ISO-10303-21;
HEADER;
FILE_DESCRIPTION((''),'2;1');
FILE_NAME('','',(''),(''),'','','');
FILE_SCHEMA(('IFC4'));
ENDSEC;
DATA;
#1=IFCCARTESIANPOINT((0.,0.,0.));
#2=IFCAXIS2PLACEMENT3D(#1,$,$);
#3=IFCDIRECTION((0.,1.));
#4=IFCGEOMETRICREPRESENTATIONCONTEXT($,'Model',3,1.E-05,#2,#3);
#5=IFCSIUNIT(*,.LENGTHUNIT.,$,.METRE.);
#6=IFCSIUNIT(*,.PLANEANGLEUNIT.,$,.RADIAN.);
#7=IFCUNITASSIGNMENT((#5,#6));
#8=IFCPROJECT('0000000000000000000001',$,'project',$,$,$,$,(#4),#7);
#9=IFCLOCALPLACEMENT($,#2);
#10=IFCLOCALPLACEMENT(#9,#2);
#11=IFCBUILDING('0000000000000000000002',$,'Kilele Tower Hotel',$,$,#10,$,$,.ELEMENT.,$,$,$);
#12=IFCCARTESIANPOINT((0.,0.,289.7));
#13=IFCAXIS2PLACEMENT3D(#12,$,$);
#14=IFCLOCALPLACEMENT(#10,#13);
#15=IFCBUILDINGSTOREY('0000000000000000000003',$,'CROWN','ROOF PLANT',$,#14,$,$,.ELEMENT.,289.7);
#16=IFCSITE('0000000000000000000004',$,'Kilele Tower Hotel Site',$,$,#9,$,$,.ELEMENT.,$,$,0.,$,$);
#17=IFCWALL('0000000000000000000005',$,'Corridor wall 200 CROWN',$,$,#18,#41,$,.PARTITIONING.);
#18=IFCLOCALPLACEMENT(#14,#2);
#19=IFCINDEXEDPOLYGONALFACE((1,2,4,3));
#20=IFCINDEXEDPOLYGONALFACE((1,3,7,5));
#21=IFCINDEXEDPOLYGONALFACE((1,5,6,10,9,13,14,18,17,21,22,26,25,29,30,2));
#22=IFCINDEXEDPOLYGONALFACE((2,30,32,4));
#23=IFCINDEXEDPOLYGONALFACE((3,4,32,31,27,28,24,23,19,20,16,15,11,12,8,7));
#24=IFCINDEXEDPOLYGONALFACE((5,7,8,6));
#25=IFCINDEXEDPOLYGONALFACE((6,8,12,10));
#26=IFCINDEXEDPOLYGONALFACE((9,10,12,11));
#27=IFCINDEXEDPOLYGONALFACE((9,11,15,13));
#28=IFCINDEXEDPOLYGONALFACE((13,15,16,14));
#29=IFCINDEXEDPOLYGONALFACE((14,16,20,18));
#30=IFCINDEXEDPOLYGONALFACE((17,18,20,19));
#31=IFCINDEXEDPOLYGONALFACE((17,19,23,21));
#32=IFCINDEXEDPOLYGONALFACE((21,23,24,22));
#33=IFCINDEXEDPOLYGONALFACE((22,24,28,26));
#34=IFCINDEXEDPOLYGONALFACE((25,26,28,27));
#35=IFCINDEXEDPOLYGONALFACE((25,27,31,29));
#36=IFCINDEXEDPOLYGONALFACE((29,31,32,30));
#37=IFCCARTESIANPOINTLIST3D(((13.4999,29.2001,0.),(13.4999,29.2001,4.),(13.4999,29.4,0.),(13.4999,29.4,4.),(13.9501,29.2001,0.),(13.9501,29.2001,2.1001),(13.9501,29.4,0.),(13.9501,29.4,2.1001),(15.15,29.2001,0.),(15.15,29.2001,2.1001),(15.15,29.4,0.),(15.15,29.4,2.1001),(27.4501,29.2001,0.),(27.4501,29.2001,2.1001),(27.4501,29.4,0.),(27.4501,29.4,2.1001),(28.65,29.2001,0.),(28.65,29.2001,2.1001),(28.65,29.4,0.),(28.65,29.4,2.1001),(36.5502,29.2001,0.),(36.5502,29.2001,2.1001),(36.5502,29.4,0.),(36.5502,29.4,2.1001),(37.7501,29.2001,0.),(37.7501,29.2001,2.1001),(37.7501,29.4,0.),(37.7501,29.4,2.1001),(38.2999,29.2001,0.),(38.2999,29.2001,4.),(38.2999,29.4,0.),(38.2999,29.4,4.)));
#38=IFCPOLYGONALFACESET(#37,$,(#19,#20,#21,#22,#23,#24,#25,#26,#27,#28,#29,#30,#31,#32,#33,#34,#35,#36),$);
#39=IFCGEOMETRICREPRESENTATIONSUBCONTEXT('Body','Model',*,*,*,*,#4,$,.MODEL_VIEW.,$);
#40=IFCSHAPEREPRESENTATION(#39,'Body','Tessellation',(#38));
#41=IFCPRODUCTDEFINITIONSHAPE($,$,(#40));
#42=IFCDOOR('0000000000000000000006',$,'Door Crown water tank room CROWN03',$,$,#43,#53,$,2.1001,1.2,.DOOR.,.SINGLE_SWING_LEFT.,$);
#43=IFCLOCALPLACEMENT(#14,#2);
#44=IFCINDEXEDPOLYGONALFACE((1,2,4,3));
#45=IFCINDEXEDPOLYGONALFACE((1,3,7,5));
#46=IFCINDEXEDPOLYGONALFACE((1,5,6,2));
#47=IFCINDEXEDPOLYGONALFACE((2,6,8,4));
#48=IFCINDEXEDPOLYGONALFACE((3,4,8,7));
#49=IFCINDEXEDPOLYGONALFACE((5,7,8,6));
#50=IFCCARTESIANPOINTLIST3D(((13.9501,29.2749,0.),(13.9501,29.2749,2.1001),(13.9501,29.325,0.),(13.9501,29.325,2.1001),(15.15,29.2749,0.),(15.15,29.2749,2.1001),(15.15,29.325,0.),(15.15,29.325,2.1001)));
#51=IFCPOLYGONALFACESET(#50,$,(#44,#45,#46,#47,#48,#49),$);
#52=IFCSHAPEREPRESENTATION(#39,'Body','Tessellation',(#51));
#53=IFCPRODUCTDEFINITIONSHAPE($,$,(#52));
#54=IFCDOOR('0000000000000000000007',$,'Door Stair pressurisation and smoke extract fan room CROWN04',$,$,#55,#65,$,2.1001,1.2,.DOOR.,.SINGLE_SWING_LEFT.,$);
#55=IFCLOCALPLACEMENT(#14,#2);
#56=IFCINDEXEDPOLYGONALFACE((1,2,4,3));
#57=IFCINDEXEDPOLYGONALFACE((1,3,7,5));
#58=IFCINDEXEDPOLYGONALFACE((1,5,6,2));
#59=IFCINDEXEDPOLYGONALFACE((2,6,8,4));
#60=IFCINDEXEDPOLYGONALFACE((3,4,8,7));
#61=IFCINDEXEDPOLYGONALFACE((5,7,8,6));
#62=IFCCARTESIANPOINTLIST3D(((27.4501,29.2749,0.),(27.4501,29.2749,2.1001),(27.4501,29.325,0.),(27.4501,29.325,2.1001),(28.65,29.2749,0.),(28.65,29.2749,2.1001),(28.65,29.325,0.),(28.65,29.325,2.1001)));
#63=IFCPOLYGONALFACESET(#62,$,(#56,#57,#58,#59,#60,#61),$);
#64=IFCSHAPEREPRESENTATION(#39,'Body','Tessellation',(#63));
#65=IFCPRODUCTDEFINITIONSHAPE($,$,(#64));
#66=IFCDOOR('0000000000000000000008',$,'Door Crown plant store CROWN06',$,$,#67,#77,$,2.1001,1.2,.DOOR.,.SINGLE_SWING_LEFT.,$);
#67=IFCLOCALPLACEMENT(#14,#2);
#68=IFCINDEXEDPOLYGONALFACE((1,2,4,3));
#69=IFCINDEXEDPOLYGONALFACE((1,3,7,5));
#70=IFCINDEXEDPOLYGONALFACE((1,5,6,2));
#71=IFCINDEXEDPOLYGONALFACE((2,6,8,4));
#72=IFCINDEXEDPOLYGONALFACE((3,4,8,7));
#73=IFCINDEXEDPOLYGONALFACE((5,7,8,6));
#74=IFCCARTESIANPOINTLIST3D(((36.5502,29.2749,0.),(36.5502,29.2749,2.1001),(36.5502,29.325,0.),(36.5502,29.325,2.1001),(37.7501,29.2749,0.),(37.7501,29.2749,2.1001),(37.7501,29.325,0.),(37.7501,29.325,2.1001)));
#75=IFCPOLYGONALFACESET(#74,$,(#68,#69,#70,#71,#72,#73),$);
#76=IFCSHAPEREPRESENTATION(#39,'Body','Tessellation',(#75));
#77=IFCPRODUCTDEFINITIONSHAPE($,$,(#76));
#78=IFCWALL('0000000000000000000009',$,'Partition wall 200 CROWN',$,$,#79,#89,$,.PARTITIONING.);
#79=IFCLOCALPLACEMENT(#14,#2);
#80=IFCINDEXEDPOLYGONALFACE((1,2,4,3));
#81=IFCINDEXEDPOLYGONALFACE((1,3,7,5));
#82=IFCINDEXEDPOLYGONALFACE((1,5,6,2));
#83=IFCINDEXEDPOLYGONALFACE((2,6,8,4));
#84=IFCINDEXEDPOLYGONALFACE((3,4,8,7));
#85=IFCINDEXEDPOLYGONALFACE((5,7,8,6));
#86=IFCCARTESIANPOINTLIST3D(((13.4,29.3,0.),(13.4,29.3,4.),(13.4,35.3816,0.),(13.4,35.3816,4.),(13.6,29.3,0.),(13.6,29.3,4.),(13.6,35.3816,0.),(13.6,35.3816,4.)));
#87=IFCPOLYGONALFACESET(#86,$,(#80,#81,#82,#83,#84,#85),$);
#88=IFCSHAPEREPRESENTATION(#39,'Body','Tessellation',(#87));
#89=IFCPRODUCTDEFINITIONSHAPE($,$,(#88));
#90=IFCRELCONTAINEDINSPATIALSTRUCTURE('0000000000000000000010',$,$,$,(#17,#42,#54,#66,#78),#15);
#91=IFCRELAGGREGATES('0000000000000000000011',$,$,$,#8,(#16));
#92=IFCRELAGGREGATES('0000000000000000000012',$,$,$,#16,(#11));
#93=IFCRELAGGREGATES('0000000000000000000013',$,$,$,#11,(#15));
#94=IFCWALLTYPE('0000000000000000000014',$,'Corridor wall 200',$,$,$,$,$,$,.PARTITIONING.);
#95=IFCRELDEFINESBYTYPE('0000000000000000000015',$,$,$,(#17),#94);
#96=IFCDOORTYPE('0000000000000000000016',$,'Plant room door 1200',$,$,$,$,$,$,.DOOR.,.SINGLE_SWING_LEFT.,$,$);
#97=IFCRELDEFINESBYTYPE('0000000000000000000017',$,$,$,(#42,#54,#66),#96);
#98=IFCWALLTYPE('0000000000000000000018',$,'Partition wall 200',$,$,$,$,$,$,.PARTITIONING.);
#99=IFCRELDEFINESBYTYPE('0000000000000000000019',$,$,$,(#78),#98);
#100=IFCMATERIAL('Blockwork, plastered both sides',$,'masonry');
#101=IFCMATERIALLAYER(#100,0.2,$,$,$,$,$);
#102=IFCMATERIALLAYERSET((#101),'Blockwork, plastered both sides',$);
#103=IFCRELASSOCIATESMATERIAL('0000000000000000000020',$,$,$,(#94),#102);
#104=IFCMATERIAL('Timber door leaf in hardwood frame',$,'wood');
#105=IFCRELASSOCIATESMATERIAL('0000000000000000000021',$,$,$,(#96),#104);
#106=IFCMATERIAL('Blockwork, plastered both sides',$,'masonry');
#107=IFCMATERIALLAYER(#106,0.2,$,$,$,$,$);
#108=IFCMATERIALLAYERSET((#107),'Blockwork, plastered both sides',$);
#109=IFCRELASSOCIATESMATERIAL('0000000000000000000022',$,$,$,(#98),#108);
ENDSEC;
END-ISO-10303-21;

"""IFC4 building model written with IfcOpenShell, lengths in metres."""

from ifc_helpers import new_model, si_unit, direction, frame, frame_2d, origin, place, context, subcontext, project, spatial, rectangle, extrude, material, layer, layer_set, type_object, element, fill, save


model = new_model("IFC4")

# Units and contexts
model_context = context("Model", 3, precision=1e-05, world=origin(), true_north=direction((0.0, 1.0)))
body_context = subcontext(model_context, "Body", "Model", "MODEL_VIEW")
ifc_project = project(units=[si_unit("LENGTHUNIT", "METRE"), si_unit("PLANEANGLEUNIT", "RADIAN")], contexts=[model_context])

# Site, building, storey
site_placement = place(None, origin())
site = spatial("IfcSite", under=ifc_project, at=site_placement, Name="Kilele Tower Hotel Site", CompositionType="ELEMENT", RefElevation=0.0)
building_placement = place(site_placement, origin())
building = spatial("IfcBuilding", under=site, at=building_placement, Name="Kilele Tower Hotel", CompositionType="ELEMENT")
storey_placement = place(building_placement, frame((0.0, 0.0, 289.7)))
storey = spatial("IfcBuildingStorey", under=building, at=storey_placement, Name="CROWN", Description="ROOF PLANT", CompositionType="ELEMENT", Elevation=289.7)

# Wall, openings, doors
ifc_material_1 = material(Name="Blockwork, plastered both sides", Category="masonry")
ifc_layer_1 = layer(ifc_material_1, 0.2)
ifc_layer_set_1 = layer_set([ifc_layer_1], Name="Blockwork, plastered both sides")
wall_type_1 = type_object("IfcWallType", Name="Corridor wall 200", PredefinedType="PARTITIONING", material=ifc_layer_set_1)
wall_1_placement = place(storey_placement, frame((13.5, 29.3, 0.0), z_axis=(0.0, 0.0, 1.0), x_axis=(1.0, 0.0, 0.0)))
wall_1 = element("IfcWall", 1, at=wall_1_placement, inside=storey, type_object=wall_type_1, Name="Corridor wall 200 CROWN", PredefinedType="PARTITIONING", context=body_context, shape_type="SweptSolid", body=[
    extrude(rectangle(XDim=24.8, YDim=0.2, at=frame_2d((12.3999, 0.0))), origin(), (0.0, 0.0, 1.0), 4.0),
])
opening_1_placement = place(wall_1_placement, frame((0.45, 0.0, 0.0)))
opening_1 = element("IfcOpeningElement", 2, at=opening_1_placement, cuts=wall_1, PredefinedType="OPENING", context=body_context, shape_type="SweptSolid", body=[
    extrude(rectangle(XDim=1.2, YDim=2.1001, at=frame_2d((0.6001, 1.05))), frame((0.0, 0.1099, 0.0), z_axis=(0.0, -1.0, 0.0), x_axis=(1.0, 0.0, 0.0)), (0.0, 0.0, 1.0), 0.22),
])
opening_2_placement = place(wall_1_placement, frame((13.95, 0.0, 0.0)))
opening_2 = element("IfcOpeningElement", 3, at=opening_2_placement, cuts=wall_1, PredefinedType="OPENING", context=body_context, shape_type="SweptSolid", body=[
    extrude(rectangle(XDim=1.2, YDim=2.1001, at=frame_2d((0.6001, 1.05))), frame((0.0, 0.1099, 0.0), z_axis=(0.0, -1.0, 0.0), x_axis=(1.0, 0.0, 0.0)), (0.0, 0.0, 1.0), 0.22),
])
opening_3_placement = place(wall_1_placement, frame((23.05, 0.0, 0.0)))
opening_3 = element("IfcOpeningElement", 4, at=opening_3_placement, cuts=wall_1, PredefinedType="OPENING", context=body_context, shape_type="SweptSolid", body=[
    extrude(rectangle(XDim=1.2, YDim=2.1001, at=frame_2d((0.6001, 1.05))), frame((0.0, 0.1099, 0.0), z_axis=(0.0, -1.0, 0.0), x_axis=(1.0, 0.0, 0.0)), (0.0, 0.0, 1.0), 0.22),
])
ifc_material_2 = material(Name="Timber door leaf in hardwood frame", Category="wood")
door_type = type_object("IfcDoorType", Name="Plant room door 1200", OperationType="SINGLE_SWING_LEFT", PredefinedType="DOOR", material=ifc_material_2)
door_1_placement = place(opening_1_placement, origin())
door_1 = element("IfcDoor", 5, at=door_1_placement, inside=storey, type_object=door_type, Name="Door Crown water tank room CROWN03", OperationType="SINGLE_SWING_LEFT", OverallHeight=2.1001, OverallWidth=1.2, PredefinedType="DOOR", context=body_context, shape_type="SweptSolid", body=[
    extrude(rectangle(XDim=1.2, YDim=2.1001, at=frame_2d((0.6001, 1.05))), frame((0.0, 0.0249, 0.0), z_axis=(0.0, -1.0, 0.0), x_axis=(1.0, 0.0, 0.0)), (0.0, 0.0, 1.0), 0.05),
])
fill(opening_1, door_1)
door_2_placement = place(opening_2_placement, origin())
door_2 = element("IfcDoor", 6, at=door_2_placement, inside=storey, type_object=door_type, Name="Door Stair pressurisation and smoke extract fan room CROWN04", OperationType="SINGLE_SWING_LEFT", OverallHeight=2.1001, OverallWidth=1.2, PredefinedType="DOOR", context=body_context, shape_type="SweptSolid", body=[
    extrude(rectangle(XDim=1.2, YDim=2.1001, at=frame_2d((0.6001, 1.05))), frame((0.0, 0.0249, 0.0), z_axis=(0.0, -1.0, 0.0), x_axis=(1.0, 0.0, 0.0)), (0.0, 0.0, 1.0), 0.05),
])
fill(opening_2, door_2)
door_3_placement = place(opening_3_placement, origin())
door_3 = element("IfcDoor", 7, at=door_3_placement, inside=storey, type_object=door_type, Name="Door Crown plant store CROWN06", OperationType="SINGLE_SWING_LEFT", OverallHeight=2.1001, OverallWidth=1.2, PredefinedType="DOOR", context=body_context, shape_type="SweptSolid", body=[
    extrude(rectangle(XDim=1.2, YDim=2.1001, at=frame_2d((0.6001, 1.05))), frame((0.0, 0.0249, 0.0), z_axis=(0.0, -1.0, 0.0), x_axis=(1.0, 0.0, 0.0)), (0.0, 0.0, 1.0), 0.05),
])
fill(opening_3, door_3)

# Wall
ifc_material_3 = material(Name="Blockwork, plastered both sides", Category="masonry")
ifc_layer_2 = layer(ifc_material_3, 0.2)
ifc_layer_set_2 = layer_set([ifc_layer_2], Name="Blockwork, plastered both sides")
wall_type_2 = type_object("IfcWallType", Name="Partition wall 200", PredefinedType="PARTITIONING", material=ifc_layer_set_2)
wall_2_placement = place(storey_placement, frame((13.5, 29.3, 0.0), z_axis=(0.0, 0.0, 1.0), x_axis=(0.0, 1.0, 0.0)))
element("IfcWall", 8, at=wall_2_placement, inside=storey, type_object=wall_type_2, Name="Partition wall 200 CROWN", PredefinedType="PARTITIONING", context=body_context, shape_type="SweptSolid", body=[
    extrude(rectangle(XDim=6.0815, YDim=0.2, at=frame_2d((3.0408, 0.0))), origin(), (0.0, 0.0, 1.0), 4.0),
])

save(model, "model.ifc")
